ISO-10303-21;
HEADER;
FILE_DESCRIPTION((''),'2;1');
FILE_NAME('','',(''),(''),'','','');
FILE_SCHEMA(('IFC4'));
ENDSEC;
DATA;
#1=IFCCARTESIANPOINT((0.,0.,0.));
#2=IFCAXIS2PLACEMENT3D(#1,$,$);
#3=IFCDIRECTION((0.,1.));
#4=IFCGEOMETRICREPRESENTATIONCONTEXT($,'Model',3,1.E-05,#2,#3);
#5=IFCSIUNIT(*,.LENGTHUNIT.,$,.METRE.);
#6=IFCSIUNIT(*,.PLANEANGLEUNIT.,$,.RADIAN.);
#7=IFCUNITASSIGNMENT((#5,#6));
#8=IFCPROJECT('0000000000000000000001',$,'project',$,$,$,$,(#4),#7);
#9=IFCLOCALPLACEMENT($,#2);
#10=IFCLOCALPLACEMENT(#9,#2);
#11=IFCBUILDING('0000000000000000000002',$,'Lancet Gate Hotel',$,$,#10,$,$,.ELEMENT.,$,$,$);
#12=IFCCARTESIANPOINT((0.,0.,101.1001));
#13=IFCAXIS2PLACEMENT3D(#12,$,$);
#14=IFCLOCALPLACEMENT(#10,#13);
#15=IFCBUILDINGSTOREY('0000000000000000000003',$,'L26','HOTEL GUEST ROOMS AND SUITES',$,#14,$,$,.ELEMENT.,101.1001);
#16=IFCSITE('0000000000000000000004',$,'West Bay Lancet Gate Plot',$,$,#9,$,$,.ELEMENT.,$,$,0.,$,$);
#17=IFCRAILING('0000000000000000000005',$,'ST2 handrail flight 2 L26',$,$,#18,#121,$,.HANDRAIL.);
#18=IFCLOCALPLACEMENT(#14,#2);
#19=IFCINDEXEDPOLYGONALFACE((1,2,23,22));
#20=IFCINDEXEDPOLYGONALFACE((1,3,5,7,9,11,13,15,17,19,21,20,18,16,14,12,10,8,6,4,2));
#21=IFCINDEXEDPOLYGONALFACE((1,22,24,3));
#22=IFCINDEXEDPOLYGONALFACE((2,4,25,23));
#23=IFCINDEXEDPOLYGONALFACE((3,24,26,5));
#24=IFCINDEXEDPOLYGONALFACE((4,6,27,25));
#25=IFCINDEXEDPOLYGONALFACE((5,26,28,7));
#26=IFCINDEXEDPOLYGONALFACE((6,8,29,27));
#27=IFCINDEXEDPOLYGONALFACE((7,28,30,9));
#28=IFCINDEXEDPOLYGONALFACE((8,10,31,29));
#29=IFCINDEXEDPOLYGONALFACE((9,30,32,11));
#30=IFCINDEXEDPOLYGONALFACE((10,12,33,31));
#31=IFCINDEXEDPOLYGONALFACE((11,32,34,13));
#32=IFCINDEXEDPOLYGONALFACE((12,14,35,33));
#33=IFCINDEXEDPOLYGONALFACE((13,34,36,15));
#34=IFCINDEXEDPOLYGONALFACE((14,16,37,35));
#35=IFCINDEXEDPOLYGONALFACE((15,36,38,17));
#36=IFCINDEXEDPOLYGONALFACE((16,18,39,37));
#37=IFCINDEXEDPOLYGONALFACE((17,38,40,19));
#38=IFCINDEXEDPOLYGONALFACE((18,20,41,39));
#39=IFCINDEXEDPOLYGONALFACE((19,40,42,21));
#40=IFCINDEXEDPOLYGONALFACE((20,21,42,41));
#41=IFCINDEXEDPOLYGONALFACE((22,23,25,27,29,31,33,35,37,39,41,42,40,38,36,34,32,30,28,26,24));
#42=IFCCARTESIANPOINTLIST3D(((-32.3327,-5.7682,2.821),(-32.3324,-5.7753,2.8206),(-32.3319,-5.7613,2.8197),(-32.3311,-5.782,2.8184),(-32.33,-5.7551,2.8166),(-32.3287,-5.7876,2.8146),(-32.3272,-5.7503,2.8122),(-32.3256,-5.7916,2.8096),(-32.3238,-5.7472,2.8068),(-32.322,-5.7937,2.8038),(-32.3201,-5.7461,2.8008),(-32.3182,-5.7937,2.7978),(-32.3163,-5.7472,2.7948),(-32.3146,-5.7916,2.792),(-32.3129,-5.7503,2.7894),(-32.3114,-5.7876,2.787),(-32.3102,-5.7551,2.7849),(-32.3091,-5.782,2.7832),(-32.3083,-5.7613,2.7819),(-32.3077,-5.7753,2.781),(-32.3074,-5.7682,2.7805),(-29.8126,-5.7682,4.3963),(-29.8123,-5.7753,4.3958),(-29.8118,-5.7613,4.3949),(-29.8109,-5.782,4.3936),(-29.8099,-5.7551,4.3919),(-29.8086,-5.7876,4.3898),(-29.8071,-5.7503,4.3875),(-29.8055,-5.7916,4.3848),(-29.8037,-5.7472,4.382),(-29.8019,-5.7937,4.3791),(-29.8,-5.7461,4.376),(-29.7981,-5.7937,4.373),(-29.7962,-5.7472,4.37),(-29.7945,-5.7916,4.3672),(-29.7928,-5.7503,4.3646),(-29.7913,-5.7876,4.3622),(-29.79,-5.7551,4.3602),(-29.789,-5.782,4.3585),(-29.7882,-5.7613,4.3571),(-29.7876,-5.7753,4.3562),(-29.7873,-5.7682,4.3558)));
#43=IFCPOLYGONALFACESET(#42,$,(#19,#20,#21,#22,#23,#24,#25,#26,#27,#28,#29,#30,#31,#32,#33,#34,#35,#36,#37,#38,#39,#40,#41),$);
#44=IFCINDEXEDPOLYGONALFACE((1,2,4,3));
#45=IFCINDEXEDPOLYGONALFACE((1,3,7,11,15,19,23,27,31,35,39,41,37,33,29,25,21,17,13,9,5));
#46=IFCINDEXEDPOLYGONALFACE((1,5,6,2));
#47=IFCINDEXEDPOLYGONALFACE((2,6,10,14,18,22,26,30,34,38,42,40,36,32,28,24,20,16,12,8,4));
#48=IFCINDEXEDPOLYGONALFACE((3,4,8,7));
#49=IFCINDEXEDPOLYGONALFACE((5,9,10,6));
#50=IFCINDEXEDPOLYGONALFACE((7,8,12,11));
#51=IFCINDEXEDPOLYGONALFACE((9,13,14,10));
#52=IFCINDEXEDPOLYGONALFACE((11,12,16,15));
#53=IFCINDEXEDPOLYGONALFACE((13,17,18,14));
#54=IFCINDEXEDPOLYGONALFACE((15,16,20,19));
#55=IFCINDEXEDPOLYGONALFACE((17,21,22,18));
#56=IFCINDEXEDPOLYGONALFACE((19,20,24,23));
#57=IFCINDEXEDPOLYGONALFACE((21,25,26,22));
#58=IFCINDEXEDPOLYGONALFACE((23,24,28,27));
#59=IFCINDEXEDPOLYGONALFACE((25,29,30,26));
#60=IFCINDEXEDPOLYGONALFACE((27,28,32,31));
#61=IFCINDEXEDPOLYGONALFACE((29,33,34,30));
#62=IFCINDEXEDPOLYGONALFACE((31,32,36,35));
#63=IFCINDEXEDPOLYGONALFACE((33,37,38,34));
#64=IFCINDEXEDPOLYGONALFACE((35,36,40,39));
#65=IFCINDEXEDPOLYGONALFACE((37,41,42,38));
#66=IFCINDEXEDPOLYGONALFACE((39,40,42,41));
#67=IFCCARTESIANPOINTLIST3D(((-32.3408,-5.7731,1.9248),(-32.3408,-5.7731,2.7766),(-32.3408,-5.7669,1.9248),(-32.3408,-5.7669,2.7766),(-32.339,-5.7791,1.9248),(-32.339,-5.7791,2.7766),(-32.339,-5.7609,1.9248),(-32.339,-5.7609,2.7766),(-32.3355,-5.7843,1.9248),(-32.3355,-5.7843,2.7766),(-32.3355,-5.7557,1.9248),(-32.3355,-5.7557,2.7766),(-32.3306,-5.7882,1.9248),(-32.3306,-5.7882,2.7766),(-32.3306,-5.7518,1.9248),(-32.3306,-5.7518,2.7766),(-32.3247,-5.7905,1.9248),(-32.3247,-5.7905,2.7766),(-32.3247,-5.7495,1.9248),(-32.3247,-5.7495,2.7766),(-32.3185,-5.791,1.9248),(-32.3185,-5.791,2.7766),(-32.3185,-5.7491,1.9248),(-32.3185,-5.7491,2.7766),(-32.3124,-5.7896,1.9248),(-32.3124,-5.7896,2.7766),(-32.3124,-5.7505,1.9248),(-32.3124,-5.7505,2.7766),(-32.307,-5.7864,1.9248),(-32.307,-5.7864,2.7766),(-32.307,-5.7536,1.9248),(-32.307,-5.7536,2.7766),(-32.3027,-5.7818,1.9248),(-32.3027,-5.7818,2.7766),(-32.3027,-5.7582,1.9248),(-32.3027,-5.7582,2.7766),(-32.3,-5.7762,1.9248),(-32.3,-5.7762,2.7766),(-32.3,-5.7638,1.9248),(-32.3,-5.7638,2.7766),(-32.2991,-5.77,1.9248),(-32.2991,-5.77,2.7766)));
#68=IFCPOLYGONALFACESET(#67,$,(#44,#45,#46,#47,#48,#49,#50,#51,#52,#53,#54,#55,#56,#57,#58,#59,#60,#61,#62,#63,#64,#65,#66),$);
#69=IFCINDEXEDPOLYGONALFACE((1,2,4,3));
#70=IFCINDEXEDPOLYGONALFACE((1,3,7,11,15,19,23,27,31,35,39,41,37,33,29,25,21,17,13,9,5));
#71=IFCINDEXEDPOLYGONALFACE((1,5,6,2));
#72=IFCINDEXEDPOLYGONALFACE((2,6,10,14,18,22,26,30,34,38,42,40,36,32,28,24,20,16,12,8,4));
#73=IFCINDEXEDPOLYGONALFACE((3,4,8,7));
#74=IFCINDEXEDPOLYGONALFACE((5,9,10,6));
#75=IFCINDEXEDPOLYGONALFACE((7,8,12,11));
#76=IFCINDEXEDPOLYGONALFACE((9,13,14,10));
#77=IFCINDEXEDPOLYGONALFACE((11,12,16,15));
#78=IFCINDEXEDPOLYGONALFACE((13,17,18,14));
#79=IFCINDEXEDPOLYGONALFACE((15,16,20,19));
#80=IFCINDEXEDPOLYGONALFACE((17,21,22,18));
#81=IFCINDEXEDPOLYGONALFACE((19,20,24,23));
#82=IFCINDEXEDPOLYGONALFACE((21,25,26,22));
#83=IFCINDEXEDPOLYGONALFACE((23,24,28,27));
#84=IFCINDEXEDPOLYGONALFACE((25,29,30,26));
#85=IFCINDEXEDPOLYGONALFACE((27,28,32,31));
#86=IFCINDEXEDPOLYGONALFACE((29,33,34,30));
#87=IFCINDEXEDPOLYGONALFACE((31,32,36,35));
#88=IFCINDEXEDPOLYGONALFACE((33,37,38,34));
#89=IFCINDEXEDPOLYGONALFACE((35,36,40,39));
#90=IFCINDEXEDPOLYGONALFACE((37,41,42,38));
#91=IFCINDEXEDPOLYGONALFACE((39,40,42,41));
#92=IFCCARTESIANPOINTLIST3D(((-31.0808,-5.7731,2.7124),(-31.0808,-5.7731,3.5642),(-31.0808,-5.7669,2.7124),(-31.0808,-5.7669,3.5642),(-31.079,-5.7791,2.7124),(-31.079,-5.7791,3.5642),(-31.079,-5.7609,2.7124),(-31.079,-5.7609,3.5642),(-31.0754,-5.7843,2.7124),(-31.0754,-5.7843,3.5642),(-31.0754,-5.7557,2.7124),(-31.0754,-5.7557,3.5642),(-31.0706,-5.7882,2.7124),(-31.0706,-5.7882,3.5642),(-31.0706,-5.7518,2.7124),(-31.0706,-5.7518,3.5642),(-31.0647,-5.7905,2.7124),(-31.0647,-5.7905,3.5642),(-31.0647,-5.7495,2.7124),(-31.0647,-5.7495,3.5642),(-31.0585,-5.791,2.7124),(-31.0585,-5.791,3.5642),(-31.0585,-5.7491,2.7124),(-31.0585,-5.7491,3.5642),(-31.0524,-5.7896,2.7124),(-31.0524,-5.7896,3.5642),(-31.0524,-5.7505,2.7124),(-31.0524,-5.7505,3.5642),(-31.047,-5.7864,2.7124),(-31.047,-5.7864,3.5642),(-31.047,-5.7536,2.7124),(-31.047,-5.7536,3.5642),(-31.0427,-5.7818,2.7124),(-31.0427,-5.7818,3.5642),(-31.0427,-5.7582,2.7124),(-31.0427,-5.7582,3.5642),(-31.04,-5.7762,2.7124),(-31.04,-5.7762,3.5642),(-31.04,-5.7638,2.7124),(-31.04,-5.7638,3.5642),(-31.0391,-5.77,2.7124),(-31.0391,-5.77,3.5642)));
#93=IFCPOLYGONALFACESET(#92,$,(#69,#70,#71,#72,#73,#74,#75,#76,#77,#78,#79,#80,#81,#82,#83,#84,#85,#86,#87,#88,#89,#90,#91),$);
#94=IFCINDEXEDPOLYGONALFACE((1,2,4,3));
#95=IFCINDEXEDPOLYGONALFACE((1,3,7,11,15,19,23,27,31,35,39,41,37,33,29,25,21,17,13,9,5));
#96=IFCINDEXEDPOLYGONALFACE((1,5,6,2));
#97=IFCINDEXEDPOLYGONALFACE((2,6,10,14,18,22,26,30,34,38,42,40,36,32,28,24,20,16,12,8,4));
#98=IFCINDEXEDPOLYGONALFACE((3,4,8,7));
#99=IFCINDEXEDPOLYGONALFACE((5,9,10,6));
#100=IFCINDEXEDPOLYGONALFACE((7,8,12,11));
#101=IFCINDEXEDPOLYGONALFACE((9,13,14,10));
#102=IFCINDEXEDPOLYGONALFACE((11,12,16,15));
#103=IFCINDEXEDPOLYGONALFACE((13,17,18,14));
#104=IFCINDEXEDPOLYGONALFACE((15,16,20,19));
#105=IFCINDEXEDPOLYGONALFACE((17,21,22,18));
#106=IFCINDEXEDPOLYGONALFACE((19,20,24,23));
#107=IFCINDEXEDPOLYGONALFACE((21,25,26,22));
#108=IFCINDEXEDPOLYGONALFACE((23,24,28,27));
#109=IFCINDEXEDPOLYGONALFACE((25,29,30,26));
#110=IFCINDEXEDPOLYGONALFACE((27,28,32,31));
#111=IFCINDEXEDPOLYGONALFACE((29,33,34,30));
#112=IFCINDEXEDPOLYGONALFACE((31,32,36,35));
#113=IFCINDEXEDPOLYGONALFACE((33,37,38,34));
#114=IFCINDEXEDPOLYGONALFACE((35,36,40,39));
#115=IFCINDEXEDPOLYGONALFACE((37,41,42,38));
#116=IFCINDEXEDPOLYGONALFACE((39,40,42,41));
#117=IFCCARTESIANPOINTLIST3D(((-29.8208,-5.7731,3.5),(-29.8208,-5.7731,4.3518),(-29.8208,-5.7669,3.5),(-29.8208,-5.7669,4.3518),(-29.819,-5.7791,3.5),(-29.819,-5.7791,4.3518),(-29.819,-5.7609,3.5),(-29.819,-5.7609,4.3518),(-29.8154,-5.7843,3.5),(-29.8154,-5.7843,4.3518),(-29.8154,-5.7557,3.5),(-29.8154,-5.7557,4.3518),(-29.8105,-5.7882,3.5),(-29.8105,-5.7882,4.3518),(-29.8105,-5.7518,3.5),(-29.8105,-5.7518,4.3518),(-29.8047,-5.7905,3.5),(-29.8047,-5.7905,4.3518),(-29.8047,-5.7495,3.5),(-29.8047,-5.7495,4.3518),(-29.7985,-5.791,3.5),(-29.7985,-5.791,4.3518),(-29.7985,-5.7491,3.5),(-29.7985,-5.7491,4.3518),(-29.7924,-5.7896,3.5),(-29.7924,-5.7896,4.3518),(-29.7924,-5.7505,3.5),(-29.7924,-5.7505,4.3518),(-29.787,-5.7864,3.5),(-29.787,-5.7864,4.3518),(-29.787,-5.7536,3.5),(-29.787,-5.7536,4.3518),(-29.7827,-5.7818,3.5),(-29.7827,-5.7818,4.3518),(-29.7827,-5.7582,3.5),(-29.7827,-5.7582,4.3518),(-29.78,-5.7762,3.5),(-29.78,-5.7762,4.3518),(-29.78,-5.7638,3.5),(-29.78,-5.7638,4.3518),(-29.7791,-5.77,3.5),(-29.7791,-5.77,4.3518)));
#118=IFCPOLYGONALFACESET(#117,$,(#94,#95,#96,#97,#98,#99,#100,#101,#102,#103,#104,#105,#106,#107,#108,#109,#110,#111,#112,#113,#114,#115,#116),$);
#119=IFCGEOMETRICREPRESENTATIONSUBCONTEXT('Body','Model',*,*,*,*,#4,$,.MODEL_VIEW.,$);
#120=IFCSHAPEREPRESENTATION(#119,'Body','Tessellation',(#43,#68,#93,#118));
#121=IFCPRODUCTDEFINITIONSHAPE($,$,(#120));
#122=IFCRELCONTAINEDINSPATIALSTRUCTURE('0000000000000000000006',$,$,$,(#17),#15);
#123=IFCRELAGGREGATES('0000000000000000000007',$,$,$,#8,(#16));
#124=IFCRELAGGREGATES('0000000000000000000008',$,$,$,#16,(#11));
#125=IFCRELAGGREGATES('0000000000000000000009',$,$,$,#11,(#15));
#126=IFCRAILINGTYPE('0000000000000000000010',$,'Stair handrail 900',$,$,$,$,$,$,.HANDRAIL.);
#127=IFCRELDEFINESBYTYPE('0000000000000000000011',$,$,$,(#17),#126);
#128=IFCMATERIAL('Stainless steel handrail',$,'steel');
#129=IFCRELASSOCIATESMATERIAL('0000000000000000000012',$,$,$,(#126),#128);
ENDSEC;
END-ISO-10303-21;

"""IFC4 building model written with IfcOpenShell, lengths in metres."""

from ifc_helpers import new_model, si_unit, direction, frame, origin, origin_2d, place, context, subcontext, project, spatial, circle, extrude, material, type_object, element, save


model = new_model("IFC4")

# Units and contexts
model_context = context("Model", 3, precision=1e-05, world=origin(), true_north=direction((0.0, 1.0)))
body_context = subcontext(model_context, "Body", "Model", "MODEL_VIEW")
ifc_project = project(units=[si_unit("LENGTHUNIT", "METRE"), si_unit("PLANEANGLEUNIT", "RADIAN")], contexts=[model_context])

# Site, building, storey
site_placement = place(None, origin())
site = spatial("IfcSite", under=ifc_project, at=site_placement, Name="West Bay Lancet Gate Plot", CompositionType="ELEMENT", RefElevation=0.0)
building_placement = place(site_placement, origin())
building = spatial("IfcBuilding", under=site, at=building_placement, Name="Lancet Gate Hotel", CompositionType="ELEMENT")
storey_placement = place(building_placement, frame((0.0, 0.0, 101.1001)))
storey = spatial("IfcBuildingStorey", under=building, at=storey_placement, Name="L26", Description="HOTEL GUEST ROOMS AND SUITES", CompositionType="ELEMENT", Elevation=101.1001)

# Railing
ifc_material_1 = material(Name="Stainless steel handrail", Category="steel")
railing_type = type_object("IfcRailingType", Name="Stair handrail 900", PredefinedType="HANDRAIL", material=ifc_material_1)
railing_1_placement = place(storey_placement, frame((-32.3201, -5.77, 1.9248)))
element("IfcRailing", 1, at=railing_1_placement, inside=storey, type_object=railing_type, Name="ST2 handrail flight 2 L26", PredefinedType="HANDRAIL", context=body_context, shape_type="SweptSolid", body=[
    extrude(circle(Radius=0.0239, at=origin_2d()), frame((0.0, 0.0, 0.876), z_axis=(0.847971, 0.0, 0.530043), x_axis=(0.0, 1.0, 0.0)), (0.0, 0.0, 1.0), 2.9719),
    extrude(circle(Radius=0.021, at=origin_2d()), origin(), (0.0, 0.0, 1.0), 0.8518),
    extrude(circle(Radius=0.021, at=origin_2d()), frame((1.26, 0.0, 0.7876)), (0.0, 0.0, 1.0), 0.8518),
    extrude(circle(Radius=0.021, at=origin_2d()), frame((2.52, 0.0, 1.5752)), (0.0, 0.0, 1.0), 0.8518),
])

save(model, "model.ifc")
